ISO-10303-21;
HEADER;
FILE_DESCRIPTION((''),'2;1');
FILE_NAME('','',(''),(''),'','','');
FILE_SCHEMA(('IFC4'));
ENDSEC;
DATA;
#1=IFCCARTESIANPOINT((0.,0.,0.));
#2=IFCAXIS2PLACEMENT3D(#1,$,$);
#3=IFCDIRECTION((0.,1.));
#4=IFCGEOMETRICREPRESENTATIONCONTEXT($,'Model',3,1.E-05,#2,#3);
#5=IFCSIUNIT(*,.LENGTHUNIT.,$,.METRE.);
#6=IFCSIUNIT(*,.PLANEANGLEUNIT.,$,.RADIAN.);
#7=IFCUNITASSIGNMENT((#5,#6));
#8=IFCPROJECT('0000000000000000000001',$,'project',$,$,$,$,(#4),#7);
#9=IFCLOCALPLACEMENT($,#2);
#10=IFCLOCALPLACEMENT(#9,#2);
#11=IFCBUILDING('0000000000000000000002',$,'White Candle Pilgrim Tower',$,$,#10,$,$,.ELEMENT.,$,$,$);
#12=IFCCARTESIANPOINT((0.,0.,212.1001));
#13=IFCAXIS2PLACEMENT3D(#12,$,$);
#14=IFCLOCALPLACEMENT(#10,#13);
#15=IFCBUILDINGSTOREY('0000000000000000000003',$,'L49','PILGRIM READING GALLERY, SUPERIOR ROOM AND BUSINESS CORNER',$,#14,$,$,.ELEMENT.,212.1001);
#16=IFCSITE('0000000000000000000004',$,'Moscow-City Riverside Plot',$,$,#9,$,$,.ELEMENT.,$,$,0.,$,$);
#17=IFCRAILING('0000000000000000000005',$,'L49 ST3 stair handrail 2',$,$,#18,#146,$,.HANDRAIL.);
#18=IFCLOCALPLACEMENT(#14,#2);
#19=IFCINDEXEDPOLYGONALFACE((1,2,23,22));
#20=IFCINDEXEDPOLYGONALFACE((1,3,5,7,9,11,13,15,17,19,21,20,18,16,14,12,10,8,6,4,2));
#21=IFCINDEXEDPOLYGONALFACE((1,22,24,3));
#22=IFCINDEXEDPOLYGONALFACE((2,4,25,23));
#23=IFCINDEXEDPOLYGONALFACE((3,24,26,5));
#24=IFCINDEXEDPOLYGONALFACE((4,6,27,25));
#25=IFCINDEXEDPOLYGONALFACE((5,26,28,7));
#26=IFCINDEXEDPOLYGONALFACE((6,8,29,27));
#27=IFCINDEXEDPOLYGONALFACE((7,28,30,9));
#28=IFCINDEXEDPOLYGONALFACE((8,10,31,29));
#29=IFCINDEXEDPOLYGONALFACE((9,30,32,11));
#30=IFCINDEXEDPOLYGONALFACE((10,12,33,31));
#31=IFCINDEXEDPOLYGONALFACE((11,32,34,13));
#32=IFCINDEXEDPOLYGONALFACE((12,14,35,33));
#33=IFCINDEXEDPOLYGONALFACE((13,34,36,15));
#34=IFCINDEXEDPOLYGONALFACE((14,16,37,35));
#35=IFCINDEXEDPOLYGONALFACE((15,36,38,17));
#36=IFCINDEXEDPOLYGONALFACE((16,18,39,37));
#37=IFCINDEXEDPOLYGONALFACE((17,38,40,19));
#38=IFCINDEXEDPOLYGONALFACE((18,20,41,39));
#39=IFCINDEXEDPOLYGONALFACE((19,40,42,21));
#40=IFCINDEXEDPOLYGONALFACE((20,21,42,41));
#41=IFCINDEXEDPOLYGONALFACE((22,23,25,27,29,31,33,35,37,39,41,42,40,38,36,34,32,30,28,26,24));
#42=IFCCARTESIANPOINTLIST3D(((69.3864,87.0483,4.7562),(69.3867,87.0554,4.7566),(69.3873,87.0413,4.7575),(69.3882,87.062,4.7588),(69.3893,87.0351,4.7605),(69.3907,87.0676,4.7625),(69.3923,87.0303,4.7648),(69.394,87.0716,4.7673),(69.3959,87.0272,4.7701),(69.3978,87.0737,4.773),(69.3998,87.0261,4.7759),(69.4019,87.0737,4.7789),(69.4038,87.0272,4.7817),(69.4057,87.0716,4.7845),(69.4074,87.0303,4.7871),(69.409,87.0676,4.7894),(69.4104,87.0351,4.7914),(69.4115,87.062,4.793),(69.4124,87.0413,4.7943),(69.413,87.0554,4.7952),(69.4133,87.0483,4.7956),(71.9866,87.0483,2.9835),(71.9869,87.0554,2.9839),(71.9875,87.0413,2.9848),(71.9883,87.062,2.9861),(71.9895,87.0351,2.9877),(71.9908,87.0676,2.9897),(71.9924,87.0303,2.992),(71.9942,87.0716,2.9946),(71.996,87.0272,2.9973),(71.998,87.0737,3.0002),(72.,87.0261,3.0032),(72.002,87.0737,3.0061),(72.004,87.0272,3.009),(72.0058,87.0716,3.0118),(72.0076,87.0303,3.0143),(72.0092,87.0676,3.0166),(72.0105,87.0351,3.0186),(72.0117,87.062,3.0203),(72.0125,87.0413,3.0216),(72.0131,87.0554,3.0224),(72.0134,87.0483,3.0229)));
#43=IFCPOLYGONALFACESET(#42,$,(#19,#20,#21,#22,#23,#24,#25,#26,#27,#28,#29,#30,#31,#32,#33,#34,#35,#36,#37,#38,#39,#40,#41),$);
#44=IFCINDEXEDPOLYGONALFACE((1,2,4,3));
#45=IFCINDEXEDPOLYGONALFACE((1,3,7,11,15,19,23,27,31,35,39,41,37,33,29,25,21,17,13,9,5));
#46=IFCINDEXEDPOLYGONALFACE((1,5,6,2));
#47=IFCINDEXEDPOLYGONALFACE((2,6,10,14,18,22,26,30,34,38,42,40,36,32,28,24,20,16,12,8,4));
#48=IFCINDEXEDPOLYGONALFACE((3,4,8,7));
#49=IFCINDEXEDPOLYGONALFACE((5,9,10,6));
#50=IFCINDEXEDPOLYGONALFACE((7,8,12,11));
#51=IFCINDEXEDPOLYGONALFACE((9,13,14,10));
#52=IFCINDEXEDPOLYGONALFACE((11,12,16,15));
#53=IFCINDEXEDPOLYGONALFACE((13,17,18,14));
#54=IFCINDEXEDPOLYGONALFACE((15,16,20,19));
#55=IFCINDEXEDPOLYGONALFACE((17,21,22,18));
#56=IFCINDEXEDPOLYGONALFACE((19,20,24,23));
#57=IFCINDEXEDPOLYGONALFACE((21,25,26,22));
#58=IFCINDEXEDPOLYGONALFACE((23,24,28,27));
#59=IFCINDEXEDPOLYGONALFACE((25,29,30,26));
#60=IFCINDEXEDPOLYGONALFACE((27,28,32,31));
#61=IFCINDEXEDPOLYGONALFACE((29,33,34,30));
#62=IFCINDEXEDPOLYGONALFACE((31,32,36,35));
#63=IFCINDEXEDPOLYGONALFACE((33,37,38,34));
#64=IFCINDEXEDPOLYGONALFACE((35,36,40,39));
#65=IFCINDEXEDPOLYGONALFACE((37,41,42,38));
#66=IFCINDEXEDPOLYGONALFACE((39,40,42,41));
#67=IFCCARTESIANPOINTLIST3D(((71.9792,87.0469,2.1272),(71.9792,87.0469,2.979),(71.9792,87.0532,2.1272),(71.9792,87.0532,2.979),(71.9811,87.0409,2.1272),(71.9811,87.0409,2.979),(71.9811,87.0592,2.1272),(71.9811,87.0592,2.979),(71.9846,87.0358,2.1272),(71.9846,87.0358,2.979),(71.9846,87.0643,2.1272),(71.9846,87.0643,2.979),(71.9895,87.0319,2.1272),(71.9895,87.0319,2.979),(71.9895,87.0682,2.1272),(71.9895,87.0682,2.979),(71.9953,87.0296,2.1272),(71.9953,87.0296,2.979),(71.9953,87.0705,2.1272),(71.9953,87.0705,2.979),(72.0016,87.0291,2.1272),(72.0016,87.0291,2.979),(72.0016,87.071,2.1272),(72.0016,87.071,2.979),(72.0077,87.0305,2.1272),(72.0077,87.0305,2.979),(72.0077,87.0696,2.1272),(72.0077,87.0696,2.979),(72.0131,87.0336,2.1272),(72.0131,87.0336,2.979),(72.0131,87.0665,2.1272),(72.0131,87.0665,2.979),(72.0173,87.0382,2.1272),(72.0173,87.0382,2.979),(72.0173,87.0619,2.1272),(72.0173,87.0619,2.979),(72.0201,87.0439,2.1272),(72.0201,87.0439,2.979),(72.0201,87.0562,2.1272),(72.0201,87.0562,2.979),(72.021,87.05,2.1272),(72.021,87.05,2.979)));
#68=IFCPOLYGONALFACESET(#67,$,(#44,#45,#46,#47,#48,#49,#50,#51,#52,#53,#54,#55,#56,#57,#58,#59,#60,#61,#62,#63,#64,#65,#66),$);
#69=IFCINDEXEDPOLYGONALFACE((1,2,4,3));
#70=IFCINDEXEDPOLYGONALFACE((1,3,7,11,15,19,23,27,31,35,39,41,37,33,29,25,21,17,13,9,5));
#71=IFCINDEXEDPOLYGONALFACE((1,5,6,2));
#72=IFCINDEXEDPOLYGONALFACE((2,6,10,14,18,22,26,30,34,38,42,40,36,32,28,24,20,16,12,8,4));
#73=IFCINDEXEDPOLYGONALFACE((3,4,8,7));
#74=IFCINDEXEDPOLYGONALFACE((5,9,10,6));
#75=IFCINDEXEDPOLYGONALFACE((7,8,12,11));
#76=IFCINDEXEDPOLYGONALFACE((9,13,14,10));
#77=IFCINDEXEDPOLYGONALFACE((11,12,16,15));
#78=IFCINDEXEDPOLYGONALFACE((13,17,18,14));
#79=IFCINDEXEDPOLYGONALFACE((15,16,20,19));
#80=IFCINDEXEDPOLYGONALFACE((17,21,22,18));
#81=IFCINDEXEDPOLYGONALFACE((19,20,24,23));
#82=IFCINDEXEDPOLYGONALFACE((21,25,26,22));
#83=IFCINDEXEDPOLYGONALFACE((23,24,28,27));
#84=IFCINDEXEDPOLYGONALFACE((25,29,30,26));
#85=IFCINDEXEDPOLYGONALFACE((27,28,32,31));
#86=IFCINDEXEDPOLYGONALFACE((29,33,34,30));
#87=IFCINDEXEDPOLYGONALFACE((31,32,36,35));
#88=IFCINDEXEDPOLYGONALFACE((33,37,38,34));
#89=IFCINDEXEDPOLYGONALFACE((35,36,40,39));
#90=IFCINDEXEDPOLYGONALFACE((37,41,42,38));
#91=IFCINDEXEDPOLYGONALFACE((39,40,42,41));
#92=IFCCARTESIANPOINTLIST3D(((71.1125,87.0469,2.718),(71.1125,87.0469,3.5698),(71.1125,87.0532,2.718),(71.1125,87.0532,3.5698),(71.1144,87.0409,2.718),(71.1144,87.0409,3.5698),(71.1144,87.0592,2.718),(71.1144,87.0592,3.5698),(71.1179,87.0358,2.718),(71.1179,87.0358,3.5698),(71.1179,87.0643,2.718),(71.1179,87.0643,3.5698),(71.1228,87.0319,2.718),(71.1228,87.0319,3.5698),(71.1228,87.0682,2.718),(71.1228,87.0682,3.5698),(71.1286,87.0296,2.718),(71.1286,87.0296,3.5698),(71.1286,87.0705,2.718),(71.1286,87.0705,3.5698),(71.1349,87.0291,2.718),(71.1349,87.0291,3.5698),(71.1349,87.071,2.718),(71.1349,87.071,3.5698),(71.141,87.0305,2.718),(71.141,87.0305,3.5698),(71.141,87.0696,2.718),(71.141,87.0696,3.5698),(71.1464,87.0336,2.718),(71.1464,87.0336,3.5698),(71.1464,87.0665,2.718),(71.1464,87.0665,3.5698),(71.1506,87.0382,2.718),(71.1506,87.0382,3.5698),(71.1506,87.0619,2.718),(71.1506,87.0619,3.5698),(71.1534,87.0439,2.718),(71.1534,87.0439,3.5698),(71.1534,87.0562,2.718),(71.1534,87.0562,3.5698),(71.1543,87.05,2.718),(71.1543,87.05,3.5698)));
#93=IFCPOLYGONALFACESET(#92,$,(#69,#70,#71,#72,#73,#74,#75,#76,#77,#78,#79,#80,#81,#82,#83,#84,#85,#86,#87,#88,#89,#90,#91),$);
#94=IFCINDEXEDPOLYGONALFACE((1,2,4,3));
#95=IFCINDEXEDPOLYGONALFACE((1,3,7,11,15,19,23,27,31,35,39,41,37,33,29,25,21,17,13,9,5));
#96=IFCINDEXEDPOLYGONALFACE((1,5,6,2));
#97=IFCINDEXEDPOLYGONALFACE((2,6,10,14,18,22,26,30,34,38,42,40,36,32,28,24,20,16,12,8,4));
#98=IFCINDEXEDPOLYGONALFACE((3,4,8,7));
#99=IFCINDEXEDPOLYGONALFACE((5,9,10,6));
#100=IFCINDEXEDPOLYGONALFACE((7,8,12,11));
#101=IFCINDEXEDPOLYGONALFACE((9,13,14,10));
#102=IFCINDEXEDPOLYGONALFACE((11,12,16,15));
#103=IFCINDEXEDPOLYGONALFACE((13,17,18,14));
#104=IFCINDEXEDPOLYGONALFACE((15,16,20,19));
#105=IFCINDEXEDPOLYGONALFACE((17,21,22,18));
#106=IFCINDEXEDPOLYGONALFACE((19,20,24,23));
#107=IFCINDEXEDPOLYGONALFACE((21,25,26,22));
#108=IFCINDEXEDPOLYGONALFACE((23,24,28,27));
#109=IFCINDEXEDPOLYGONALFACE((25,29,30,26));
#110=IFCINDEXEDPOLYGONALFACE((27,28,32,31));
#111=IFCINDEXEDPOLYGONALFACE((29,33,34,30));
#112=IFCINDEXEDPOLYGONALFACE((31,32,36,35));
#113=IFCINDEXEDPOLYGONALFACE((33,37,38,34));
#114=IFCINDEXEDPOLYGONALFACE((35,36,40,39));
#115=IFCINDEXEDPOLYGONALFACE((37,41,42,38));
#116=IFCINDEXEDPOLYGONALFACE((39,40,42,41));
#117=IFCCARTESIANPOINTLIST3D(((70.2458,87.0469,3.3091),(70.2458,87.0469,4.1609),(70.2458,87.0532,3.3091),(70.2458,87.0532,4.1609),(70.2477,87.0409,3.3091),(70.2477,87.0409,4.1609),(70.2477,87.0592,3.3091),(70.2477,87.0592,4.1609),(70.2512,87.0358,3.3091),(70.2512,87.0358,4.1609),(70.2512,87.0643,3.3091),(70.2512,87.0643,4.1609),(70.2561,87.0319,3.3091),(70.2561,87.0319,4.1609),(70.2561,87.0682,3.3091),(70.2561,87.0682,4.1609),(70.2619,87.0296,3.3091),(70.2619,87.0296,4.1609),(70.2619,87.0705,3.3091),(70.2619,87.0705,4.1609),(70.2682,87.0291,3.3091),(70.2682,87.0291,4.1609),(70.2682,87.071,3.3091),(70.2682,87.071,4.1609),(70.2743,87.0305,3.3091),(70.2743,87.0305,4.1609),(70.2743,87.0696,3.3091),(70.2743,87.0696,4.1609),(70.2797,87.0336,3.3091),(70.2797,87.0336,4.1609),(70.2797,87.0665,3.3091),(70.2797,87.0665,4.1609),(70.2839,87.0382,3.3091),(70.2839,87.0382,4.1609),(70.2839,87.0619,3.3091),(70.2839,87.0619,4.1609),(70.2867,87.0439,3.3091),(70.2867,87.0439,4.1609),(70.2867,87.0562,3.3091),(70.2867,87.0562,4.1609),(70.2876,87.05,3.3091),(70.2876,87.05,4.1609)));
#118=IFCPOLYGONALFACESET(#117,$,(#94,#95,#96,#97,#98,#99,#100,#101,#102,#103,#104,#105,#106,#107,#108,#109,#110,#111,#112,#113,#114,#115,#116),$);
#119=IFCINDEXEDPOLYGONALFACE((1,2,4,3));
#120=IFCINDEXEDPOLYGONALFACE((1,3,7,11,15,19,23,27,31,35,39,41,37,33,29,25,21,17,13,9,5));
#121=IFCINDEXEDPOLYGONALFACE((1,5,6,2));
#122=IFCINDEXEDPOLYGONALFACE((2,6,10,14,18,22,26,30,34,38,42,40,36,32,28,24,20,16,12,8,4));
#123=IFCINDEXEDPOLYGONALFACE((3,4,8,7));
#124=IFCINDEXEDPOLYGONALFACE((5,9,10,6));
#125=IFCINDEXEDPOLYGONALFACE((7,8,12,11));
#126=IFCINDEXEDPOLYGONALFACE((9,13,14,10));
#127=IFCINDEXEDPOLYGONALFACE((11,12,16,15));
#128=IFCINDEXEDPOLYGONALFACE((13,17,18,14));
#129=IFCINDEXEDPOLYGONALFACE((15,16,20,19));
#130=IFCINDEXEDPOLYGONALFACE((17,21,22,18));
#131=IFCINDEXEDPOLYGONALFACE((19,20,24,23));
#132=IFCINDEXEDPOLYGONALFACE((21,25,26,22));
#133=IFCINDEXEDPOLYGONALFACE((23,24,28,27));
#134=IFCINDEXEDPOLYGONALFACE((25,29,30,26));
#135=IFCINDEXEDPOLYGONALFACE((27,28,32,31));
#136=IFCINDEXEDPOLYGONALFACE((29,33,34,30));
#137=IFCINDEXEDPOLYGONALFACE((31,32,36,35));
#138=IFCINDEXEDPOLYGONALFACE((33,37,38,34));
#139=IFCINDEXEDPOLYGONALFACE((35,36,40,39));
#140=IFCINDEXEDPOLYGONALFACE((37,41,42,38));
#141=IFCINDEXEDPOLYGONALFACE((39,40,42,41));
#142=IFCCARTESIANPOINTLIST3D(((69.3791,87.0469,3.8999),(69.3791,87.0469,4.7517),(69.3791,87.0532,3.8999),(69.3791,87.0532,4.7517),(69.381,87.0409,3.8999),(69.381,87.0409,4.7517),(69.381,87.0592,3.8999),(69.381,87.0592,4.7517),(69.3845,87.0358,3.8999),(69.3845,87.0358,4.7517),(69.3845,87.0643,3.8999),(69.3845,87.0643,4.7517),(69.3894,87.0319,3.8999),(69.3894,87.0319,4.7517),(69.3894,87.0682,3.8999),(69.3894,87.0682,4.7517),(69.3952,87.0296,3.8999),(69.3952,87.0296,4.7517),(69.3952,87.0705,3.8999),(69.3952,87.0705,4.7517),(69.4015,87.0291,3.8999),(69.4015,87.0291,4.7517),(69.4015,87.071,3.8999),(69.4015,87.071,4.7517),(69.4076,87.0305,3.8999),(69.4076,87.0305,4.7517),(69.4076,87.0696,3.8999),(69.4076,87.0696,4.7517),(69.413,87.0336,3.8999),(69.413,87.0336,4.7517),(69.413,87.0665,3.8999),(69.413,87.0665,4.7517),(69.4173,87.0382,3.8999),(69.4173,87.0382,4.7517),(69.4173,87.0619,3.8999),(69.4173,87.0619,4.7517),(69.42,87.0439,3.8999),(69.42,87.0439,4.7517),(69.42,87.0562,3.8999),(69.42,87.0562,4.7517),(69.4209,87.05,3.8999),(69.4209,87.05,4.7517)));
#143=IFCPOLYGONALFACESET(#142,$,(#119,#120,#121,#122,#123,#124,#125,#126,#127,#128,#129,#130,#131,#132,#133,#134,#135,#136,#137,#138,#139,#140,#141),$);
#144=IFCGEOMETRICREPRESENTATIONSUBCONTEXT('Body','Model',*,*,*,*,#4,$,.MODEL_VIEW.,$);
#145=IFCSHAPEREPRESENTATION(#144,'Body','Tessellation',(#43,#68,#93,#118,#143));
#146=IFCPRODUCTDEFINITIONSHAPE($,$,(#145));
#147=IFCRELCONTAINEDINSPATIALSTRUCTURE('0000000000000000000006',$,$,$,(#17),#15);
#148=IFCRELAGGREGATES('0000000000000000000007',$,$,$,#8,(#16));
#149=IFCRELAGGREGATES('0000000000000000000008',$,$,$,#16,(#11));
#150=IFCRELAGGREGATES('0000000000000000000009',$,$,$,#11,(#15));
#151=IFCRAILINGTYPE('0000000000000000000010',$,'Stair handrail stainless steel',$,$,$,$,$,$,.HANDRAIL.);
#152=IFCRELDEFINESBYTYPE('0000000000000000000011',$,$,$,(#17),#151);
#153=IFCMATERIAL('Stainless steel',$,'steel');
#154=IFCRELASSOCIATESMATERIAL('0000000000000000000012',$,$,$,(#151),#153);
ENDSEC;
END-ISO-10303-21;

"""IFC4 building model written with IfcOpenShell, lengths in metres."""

from ifc_helpers import new_model, si_unit, direction, frame, origin, origin_2d, place, context, subcontext, project, spatial, circle, extrude, material, type_object, element, save


model = new_model("IFC4")

# Units and contexts
model_context = context("Model", 3, precision=1e-05, world=origin(), true_north=direction((0.0, 1.0)))
body_context = subcontext(model_context, "Body", "Model", "MODEL_VIEW")
ifc_project = project(units=[si_unit("LENGTHUNIT", "METRE"), si_unit("PLANEANGLEUNIT", "RADIAN")], contexts=[model_context])

# Site, building, storey
site_placement = place(None, origin())
site = spatial("IfcSite", under=ifc_project, at=site_placement, Name="Moscow-City Riverside Plot", CompositionType="ELEMENT", RefElevation=0.0)
building_placement = place(site_placement, origin())
building = spatial("IfcBuilding", under=site, at=building_placement, Name="White Candle Pilgrim Tower", CompositionType="ELEMENT")
storey_placement = place(building_placement, frame((0.0, 0.0, 212.1001)))
storey = spatial("IfcBuildingStorey", under=building, at=storey_placement, Name="L49", Description="PILGRIM READING GALLERY, SUPERIOR ROOM AND BUSINESS CORNER", CompositionType="ELEMENT", Elevation=212.1001)

# Railing
ifc_material_1 = material(Name="Stainless steel", Category="steel")
railing_type_1 = type_object("IfcRailingType", Name="Stair handrail stainless steel", PredefinedType="HANDRAIL", material=ifc_material_1)
railing_1_placement = place(storey_placement, frame((72.0, 87.05, 2.1272)))
element("IfcRailing", 1, at=railing_1_placement, inside=storey, type_object=railing_type_1, Name="L49 ST3 stair handrail 2", PredefinedType="HANDRAIL", context=body_context, shape_type="SweptSolid", body=[
    extrude(circle(Radius=0.0239, at=origin_2d()), frame((0.0, 0.0, 0.876), z_axis=(-0.82624, 0.0, 0.563318), x_axis=(0.0, -1.0, 0.0)), (0.0, 0.0, 1.0), 3.147),
    extrude(circle(Radius=0.021, at=origin_2d()), origin(), (0.0, 0.0, 1.0), 0.8518),
    extrude(circle(Radius=0.021, at=origin_2d()), frame((-0.8667, 0.0, 0.5908)), (0.0, 0.0, 1.0), 0.8518),
    extrude(circle(Radius=0.021, at=origin_2d()), frame((-1.7334, 0.0, 1.1819)), (0.0, 0.0, 1.0), 0.8518),
    extrude(circle(Radius=0.021, at=origin_2d()), frame((-2.6001, 0.0, 1.7727)), (0.0, 0.0, 1.0), 0.8518),
])

save(model, "model.ifc")
